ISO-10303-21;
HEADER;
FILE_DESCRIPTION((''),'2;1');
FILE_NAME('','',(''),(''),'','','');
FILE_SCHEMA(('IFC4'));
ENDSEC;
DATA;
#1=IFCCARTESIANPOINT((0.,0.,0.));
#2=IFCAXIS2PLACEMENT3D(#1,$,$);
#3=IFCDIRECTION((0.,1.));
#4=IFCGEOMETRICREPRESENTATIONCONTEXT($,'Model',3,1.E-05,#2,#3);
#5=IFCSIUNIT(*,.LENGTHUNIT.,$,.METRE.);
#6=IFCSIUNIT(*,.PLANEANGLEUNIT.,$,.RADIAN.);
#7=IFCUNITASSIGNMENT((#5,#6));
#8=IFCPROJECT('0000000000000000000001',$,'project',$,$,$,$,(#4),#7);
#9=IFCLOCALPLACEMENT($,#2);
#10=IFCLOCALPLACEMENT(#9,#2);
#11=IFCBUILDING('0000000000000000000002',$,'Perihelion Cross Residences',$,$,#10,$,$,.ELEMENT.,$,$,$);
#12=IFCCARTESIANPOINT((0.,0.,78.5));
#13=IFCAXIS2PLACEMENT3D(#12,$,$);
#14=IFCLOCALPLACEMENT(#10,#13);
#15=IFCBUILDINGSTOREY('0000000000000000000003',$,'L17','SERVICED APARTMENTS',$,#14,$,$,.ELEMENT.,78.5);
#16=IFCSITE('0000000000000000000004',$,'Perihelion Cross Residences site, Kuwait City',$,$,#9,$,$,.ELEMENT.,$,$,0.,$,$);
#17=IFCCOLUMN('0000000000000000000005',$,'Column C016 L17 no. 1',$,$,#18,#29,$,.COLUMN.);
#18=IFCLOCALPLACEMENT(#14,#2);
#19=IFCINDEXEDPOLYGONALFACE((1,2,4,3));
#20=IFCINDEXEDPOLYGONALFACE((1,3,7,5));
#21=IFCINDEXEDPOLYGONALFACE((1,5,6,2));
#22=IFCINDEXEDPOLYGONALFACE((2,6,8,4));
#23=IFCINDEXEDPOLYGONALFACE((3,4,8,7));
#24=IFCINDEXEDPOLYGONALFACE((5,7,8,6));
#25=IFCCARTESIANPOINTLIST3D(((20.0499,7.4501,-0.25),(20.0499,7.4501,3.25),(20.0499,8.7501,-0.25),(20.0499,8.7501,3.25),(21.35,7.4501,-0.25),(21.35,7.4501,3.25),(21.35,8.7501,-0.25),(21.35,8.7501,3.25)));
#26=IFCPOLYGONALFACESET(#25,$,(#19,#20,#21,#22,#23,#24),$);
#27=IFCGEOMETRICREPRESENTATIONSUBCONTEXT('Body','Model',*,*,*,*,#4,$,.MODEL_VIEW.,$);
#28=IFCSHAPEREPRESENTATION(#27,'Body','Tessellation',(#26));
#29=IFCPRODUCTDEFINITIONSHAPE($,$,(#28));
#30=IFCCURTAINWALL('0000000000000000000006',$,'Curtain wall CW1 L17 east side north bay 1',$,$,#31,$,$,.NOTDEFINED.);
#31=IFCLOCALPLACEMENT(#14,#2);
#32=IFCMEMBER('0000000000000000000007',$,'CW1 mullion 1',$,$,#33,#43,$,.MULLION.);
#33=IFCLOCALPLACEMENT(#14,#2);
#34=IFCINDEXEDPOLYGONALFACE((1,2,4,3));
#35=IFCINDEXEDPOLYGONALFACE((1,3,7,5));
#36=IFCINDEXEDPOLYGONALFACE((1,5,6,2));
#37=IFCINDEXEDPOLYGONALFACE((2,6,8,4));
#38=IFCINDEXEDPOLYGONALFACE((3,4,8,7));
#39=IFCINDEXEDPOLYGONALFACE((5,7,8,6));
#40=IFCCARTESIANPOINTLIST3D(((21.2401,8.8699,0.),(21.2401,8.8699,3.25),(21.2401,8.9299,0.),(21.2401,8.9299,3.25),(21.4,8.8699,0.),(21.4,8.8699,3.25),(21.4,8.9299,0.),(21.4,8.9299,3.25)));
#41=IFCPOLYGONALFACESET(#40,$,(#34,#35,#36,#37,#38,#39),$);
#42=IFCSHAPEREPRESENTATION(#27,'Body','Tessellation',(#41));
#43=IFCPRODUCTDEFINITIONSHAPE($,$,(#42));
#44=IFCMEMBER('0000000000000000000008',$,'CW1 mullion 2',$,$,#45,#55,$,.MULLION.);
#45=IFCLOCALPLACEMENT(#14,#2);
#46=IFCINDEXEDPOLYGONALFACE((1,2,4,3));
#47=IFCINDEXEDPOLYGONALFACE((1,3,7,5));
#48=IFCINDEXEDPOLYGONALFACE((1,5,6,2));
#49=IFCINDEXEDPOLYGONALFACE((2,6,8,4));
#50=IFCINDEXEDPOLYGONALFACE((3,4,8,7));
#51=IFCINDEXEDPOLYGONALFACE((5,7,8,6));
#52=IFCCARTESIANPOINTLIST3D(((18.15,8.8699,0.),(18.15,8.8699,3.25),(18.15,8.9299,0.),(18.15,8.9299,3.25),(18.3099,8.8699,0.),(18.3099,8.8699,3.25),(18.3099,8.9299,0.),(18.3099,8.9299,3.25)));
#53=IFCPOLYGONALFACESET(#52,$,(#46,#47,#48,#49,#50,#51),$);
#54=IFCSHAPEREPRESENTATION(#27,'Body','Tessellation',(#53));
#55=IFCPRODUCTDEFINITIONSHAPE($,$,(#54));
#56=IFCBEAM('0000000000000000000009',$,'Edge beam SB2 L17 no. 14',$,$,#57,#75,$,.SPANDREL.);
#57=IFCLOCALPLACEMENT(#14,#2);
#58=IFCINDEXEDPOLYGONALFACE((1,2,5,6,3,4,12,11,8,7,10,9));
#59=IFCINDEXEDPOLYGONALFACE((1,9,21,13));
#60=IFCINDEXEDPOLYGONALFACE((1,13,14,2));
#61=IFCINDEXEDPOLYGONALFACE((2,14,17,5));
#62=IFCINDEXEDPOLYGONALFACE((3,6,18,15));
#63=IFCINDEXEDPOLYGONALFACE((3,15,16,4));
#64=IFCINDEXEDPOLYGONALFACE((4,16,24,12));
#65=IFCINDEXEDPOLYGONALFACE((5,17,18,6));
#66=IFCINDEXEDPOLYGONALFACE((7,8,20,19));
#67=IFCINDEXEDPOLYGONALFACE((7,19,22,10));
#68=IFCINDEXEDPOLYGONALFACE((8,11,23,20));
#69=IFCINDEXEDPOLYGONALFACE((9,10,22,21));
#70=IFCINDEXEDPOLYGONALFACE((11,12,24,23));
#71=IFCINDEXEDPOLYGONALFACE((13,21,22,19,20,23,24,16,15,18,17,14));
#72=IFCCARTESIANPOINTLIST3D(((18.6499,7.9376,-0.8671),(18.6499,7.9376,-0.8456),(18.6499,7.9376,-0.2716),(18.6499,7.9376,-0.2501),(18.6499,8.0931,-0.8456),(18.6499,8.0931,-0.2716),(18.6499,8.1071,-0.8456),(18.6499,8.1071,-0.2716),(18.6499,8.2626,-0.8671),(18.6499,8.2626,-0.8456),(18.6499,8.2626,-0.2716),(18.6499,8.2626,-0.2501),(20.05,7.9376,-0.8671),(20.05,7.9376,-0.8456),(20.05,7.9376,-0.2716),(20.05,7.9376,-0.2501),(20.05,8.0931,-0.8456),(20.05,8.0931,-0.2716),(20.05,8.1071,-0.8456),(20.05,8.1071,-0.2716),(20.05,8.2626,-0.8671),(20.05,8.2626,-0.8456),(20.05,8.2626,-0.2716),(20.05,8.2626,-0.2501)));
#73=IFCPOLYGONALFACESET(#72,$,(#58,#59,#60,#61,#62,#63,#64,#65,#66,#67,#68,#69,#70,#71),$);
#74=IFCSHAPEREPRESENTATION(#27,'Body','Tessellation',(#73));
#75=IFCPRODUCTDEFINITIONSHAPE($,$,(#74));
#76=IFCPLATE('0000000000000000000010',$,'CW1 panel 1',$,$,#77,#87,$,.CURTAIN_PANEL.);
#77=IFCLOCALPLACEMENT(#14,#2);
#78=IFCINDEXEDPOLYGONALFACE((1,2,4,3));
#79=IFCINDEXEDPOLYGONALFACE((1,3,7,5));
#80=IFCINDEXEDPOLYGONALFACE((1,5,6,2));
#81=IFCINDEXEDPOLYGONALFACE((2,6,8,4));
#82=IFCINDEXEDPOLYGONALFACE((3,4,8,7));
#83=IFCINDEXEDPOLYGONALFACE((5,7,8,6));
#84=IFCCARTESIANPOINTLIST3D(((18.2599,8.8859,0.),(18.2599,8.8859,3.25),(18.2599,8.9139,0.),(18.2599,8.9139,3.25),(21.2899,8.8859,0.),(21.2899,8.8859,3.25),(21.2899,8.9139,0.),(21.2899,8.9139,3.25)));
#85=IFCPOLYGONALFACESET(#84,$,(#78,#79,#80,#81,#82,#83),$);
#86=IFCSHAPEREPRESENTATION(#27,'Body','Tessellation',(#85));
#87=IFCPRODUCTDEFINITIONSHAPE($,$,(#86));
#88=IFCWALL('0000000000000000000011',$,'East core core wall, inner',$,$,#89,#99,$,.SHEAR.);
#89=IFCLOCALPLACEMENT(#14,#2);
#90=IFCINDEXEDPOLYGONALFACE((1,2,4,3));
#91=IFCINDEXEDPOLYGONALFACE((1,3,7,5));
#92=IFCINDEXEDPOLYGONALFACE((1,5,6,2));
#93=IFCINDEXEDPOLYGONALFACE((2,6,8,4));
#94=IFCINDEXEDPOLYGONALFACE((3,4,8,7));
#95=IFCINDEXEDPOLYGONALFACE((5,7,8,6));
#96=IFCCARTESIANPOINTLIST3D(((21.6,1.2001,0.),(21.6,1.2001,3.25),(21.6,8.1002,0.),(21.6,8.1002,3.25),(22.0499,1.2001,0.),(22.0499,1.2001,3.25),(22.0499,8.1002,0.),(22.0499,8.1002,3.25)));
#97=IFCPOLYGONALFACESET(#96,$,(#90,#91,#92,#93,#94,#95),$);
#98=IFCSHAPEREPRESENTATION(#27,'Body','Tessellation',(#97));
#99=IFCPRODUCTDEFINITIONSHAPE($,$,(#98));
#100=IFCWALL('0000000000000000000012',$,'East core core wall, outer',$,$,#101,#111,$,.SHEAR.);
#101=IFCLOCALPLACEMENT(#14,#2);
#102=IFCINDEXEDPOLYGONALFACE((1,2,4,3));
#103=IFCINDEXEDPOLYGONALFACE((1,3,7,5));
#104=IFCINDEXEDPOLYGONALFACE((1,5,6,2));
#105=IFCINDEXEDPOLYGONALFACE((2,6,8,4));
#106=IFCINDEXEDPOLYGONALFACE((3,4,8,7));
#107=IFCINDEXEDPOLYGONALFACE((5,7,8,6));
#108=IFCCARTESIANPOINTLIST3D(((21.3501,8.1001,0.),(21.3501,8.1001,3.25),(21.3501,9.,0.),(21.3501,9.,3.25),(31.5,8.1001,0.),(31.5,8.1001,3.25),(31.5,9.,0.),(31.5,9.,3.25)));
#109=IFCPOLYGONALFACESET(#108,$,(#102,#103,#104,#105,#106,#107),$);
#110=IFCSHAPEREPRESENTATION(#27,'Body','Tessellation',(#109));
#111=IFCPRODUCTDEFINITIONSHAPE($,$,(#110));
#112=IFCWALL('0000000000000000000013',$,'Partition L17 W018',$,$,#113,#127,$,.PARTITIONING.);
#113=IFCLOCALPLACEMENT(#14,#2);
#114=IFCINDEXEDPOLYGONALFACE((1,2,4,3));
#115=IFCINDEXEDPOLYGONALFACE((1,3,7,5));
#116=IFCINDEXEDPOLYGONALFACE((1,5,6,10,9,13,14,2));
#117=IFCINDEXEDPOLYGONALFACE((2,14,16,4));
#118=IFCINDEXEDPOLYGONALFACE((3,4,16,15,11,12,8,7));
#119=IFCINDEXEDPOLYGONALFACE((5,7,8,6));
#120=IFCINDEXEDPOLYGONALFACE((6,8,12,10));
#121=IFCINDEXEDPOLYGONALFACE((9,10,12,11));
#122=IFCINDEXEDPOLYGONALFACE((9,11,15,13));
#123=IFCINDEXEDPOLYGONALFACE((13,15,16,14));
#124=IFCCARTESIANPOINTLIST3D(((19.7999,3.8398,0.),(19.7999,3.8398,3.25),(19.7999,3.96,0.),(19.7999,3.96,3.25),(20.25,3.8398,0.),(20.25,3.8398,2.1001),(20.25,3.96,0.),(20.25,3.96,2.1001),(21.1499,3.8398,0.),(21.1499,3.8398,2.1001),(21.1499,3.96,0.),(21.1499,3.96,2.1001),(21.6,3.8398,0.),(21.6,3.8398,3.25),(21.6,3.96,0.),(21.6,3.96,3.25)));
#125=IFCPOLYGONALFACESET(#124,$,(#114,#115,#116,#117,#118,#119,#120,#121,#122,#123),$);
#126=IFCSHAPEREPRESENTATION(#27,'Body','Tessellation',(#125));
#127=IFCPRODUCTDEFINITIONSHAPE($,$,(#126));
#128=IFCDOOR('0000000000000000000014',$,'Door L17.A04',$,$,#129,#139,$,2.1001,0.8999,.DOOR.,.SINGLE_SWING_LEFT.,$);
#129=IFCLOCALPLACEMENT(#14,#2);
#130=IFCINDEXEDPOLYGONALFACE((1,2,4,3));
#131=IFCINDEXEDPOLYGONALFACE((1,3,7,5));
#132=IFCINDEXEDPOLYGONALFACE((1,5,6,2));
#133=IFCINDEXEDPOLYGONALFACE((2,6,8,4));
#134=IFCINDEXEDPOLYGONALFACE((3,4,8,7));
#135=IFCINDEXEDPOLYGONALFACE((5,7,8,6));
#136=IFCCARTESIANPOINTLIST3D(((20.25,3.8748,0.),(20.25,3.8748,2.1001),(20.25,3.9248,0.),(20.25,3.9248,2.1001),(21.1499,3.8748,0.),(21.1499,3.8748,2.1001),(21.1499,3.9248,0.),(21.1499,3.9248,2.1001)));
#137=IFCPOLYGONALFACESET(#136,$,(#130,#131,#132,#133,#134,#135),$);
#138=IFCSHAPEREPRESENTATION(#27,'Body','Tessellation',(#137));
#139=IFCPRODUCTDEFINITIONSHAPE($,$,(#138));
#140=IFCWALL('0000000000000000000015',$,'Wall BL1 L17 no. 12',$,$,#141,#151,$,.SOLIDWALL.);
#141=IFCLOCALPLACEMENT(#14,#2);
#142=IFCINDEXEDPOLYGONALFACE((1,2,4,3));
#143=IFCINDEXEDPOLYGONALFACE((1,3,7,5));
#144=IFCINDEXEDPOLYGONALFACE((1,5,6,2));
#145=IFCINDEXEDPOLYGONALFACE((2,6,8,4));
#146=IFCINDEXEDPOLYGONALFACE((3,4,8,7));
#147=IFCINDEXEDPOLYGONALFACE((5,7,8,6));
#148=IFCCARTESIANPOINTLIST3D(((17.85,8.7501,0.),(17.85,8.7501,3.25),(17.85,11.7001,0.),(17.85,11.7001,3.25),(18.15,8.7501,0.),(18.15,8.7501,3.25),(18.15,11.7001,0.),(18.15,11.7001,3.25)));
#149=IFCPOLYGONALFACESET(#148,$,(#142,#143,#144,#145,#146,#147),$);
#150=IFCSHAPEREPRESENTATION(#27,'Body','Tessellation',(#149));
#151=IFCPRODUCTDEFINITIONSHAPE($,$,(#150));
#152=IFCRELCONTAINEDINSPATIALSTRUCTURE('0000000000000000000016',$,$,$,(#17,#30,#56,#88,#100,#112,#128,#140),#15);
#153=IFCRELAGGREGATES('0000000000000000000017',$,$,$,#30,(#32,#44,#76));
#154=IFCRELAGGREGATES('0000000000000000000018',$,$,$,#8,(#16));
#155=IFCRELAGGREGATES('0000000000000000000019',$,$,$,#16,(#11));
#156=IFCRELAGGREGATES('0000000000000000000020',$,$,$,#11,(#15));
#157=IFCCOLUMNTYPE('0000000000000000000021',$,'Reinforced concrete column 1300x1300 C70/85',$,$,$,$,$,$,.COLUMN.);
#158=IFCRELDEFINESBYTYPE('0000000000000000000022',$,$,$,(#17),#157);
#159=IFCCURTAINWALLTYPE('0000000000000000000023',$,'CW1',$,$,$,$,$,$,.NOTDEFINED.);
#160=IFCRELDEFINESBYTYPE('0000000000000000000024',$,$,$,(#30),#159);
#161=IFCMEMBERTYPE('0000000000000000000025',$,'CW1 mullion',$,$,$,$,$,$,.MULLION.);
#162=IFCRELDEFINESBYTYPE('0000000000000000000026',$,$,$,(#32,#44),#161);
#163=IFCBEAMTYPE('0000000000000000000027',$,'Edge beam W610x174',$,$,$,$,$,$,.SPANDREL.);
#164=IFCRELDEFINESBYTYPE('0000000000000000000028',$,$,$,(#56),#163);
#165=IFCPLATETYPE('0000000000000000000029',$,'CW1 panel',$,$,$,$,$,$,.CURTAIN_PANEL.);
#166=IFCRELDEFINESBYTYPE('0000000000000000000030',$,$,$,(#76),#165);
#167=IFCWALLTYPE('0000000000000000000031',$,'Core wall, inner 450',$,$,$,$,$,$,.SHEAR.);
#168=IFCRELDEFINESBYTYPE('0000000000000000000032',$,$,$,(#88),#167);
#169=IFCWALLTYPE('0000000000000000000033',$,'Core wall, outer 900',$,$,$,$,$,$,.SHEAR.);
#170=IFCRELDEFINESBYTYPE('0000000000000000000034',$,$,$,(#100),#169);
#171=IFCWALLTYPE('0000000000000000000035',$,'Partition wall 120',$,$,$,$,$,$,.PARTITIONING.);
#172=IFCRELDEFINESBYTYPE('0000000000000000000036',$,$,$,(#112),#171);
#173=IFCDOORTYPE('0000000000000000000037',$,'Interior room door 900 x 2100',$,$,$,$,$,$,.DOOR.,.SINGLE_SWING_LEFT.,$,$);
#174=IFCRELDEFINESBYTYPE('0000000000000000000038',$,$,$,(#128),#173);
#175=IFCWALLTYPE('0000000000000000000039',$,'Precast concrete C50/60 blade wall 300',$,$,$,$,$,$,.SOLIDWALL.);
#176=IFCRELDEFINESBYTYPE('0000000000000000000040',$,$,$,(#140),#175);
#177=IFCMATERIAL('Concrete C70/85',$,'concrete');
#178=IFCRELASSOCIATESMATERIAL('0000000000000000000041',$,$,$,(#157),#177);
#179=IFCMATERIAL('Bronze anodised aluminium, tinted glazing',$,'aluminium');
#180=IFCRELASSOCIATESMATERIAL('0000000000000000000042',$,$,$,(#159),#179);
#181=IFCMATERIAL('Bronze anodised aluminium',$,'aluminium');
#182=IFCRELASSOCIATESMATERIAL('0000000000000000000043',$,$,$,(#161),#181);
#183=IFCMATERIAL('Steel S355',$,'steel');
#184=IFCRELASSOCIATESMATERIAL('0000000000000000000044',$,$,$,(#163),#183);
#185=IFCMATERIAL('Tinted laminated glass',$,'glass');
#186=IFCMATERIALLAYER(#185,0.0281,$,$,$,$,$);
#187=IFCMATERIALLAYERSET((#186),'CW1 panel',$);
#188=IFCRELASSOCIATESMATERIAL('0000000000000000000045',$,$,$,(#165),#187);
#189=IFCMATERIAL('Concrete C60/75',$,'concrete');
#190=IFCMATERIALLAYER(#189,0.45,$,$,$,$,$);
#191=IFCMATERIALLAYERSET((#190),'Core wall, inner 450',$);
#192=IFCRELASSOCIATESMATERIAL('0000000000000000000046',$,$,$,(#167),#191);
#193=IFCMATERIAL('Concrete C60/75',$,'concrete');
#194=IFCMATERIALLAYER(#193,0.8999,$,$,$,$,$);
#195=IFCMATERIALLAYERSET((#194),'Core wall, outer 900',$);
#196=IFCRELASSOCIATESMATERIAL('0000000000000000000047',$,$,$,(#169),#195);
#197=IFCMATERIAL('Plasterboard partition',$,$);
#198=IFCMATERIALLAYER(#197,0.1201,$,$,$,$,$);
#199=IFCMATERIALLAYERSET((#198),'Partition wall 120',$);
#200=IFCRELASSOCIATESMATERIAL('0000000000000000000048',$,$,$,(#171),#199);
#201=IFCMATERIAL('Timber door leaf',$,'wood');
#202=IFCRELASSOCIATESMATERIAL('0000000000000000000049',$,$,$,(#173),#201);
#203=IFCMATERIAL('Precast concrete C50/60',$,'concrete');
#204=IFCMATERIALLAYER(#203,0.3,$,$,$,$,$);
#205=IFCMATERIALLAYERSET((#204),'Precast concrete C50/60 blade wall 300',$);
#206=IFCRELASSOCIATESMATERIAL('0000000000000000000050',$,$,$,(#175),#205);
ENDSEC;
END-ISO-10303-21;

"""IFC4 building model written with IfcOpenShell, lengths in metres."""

from ifc_helpers import new_model, si_unit, direction, frame, frame_2d, origin, origin_2d, place, context, subcontext, project, spatial, rectangle, i_section, extrude, material, layer, layer_set, material_profile, profile_set, type_object, element, fill, aggregate, save


model = new_model("IFC4")

# Units and contexts
model_context = context("Model", 3, precision=1e-05, world=origin(), true_north=direction((0.0, 1.0)))
body_context = subcontext(model_context, "Body", "Model", "MODEL_VIEW")
ifc_project = project(units=[si_unit("LENGTHUNIT", "METRE"), si_unit("PLANEANGLEUNIT", "RADIAN")], contexts=[model_context])

# Site, building, storey
site_placement = place(None, origin())
site = spatial("IfcSite", under=ifc_project, at=site_placement, Name="Perihelion Cross Residences site, Kuwait City", CompositionType="ELEMENT", RefElevation=0.0)
building_placement = place(site_placement, origin())
building = spatial("IfcBuilding", under=site, at=building_placement, Name="Perihelion Cross Residences", CompositionType="ELEMENT")
storey_placement = place(building_placement, frame((0.0, 0.0, 78.5)))
storey = spatial("IfcBuildingStorey", under=building, at=storey_placement, Name="L17", Description="SERVICED APARTMENTS", CompositionType="ELEMENT", Elevation=78.5)

# Column
ifc_material_1 = material(Name="Concrete C70/85", Category="concrete")
ifc_material_profile_1 = material_profile(ifc_material_1, rectangle(XDim=1.3, YDim=1.3, at=origin_2d()), Name="RC 1300x1300")
ifc_profile_set_1 = profile_set([ifc_material_profile_1], Name="Concrete C70/85")
column_type = type_object("IfcColumnType", Name="Reinforced concrete column 1300x1300 C70/85", PredefinedType="COLUMN", material=ifc_profile_set_1)
column_placement = place(storey_placement, frame((20.7, 8.1001, -0.25), z_axis=(0.0, 0.0, 1.0), x_axis=(1.0, 0.0, 0.0)))
element("IfcColumn", 1, at=column_placement, inside=storey, type_object=column_type, Name="Column C016 L17 no. 1", PredefinedType="COLUMN", context=body_context, shape_type="SweptSolid", body=[
    extrude(rectangle(XDim=1.3, YDim=1.3, at=origin_2d()), origin(), (0.0, 0.0, 1.0), 3.5),
])

# Curtain wall, members
ifc_material_2 = material(Name="Bronze anodised aluminium, tinted glazing", Category="aluminium")
curtain_wall_type = type_object("IfcCurtainWallType", Name="CW1", PredefinedType="NOTDEFINED", material=ifc_material_2)
curtain_wall_placement = place(storey_placement, origin())
curtain_wall = element("IfcCurtainWall", 2, at=curtain_wall_placement, inside=storey, type_object=curtain_wall_type, Name="Curtain wall CW1 L17 east side north bay 1", PredefinedType="NOTDEFINED")
ifc_material_3 = material(Name="Bronze anodised aluminium", Category="aluminium")
ifc_material_profile_2 = material_profile(ifc_material_3, rectangle(XDim=0.0601, YDim=0.1599, at=origin_2d()), Name="CW1 mullion")
ifc_profile_set_2 = profile_set([ifc_material_profile_2], Name="Bronze anodised aluminium")
member_type = type_object("IfcMemberType", Name="CW1 mullion", PredefinedType="MULLION", material=ifc_profile_set_2)
member_1_placement = place(storey_placement, frame((21.3201, 8.8999, 0.0), z_axis=(0.0, 0.0, 1.0), x_axis=(0.0, -1.0, 0.0)))
member_1 = element("IfcMember", 3, at=member_1_placement, type_object=member_type, Name="CW1 mullion 1", PredefinedType="MULLION", context=body_context, shape_type="SweptSolid", body=[
    extrude(rectangle(XDim=0.0601, YDim=0.1599, at=origin_2d()), origin(), (0.0, 0.0, 1.0), 3.25),
])
member_2_placement = place(storey_placement, frame((18.23, 8.8999, 0.0), z_axis=(0.0, 0.0, 1.0), x_axis=(0.0, -1.0, 0.0)))
member_2 = element("IfcMember", 4, at=member_2_placement, type_object=member_type, Name="CW1 mullion 2", PredefinedType="MULLION", context=body_context, shape_type="SweptSolid", body=[
    extrude(rectangle(XDim=0.0601, YDim=0.1599, at=origin_2d()), origin(), (0.0, 0.0, 1.0), 3.25),
])

# Beam
ifc_material_4 = material(Name="Steel S355", Category="steel")
ifc_material_profile_3 = material_profile(ifc_material_4, i_section(OverallWidth=0.325, OverallDepth=0.6169, WebThickness=0.0139, FlangeThickness=0.0215, at=origin_2d()), Name="W610x174")
ifc_profile_set_3 = profile_set([ifc_material_profile_3], Name="Steel S355")
beam_type = type_object("IfcBeamType", Name="Edge beam W610x174", PredefinedType="SPANDREL", material=ifc_profile_set_3)
beam_placement = place(storey_placement, frame((20.05, 8.1001, -0.5586), z_axis=(-1.0, 0.0, 0.0), x_axis=(0.0, -1.0, 0.0)))
element("IfcBeam", 5, at=beam_placement, inside=storey, type_object=beam_type, Name="Edge beam SB2 L17 no. 14", PredefinedType="SPANDREL", context=body_context, shape_type="SweptSolid", body=[
    extrude(i_section(OverallWidth=0.325, OverallDepth=0.6169, WebThickness=0.0139, FlangeThickness=0.0215, at=origin_2d()), origin(), (0.0, 0.0, 1.0), 1.4001),
])

# Plate
ifc_material_5 = material(Name="Tinted laminated glass", Category="glass")
ifc_layer_1 = layer(ifc_material_5, 0.0281)
ifc_layer_set_1 = layer_set([ifc_layer_1], Name="CW1 panel")
plate_type = type_object("IfcPlateType", Name="CW1 panel", PredefinedType="CURTAIN_PANEL", material=ifc_layer_set_1)
plate_placement = place(storey_placement, frame((19.7749, 8.8999, 0.0), z_axis=(0.0, 0.0, 1.0), x_axis=(-1.0, 0.0, 0.0)))
plate = element("IfcPlate", 6, at=plate_placement, type_object=plate_type, Name="CW1 panel 1", PredefinedType="CURTAIN_PANEL", context=body_context, shape_type="SweptSolid", body=[
    extrude(rectangle(XDim=3.03, YDim=0.0281, at=origin_2d()), origin(), (0.0, 0.0, 1.0), 3.25),
])
aggregate(curtain_wall, [member_1, member_2, plate])

# Walls
ifc_material_6 = material(Name="Concrete C60/75", Category="concrete")
ifc_layer_2 = layer(ifc_material_6, 0.45)
ifc_layer_set_2 = layer_set([ifc_layer_2], Name="Core wall, inner 450")
wall_type_1 = type_object("IfcWallType", Name="Core wall, inner 450", PredefinedType="SHEAR", material=ifc_layer_set_2)
wall_1_placement = place(storey_placement, frame((21.825, 1.2, 0.0), z_axis=(0.0, 0.0, 1.0), x_axis=(0.0, 1.0, 0.0)))
element("IfcWall", 7, at=wall_1_placement, inside=storey, type_object=wall_type_1, Name="East core core wall, inner", PredefinedType="SHEAR", context=body_context, shape_type="SweptSolid", body=[
    extrude(rectangle(XDim=6.9001, YDim=0.45, at=frame_2d((3.4502, 0.0))), origin(), (0.0, 0.0, 1.0), 3.25),
])
ifc_material_7 = material(Name="Concrete C60/75", Category="concrete")
ifc_layer_3 = layer(ifc_material_7, 0.8999)
ifc_layer_set_3 = layer_set([ifc_layer_3], Name="Core wall, outer 900")
wall_type_2 = type_object("IfcWallType", Name="Core wall, outer 900", PredefinedType="SHEAR", material=ifc_layer_set_3)
wall_2_placement = place(storey_placement, frame((21.3501, 8.55, 0.0), z_axis=(0.0, 0.0, 1.0), x_axis=(1.0, 0.0, 0.0)))
element("IfcWall", 8, at=wall_2_placement, inside=storey, type_object=wall_type_2, Name="East core core wall, outer", PredefinedType="SHEAR", context=body_context, shape_type="SweptSolid", body=[
    extrude(rectangle(XDim=10.1499, YDim=0.8999, at=frame_2d((5.075, 0.0))), origin(), (0.0, 0.0, 1.0), 3.25),
])

# Wall, opening, door
ifc_material_8 = material(Name="Plasterboard partition")
ifc_layer_4 = layer(ifc_material_8, 0.1201)
ifc_layer_set_4 = layer_set([ifc_layer_4], Name="Partition wall 120")
wall_type_3 = type_object("IfcWallType", Name="Partition wall 120", PredefinedType="PARTITIONING", material=ifc_layer_set_4)
wall_3_placement = place(storey_placement, frame((19.8, 3.8999, 0.0), z_axis=(0.0, 0.0, 1.0), x_axis=(1.0, 0.0, 0.0)))
wall_3 = element("IfcWall", 9, at=wall_3_placement, inside=storey, type_object=wall_type_3, Name="Partition L17 W018", PredefinedType="PARTITIONING", context=body_context, shape_type="SweptSolid", body=[
    extrude(rectangle(XDim=1.8, YDim=0.1201, at=frame_2d((0.8999, 0.0))), origin(), (0.0, 0.0, 1.0), 3.25),
])
opening_1_placement = place(wall_3_placement, frame((0.45, 0.0, 0.0)))
opening_1 = element("IfcOpeningElement", 10, at=opening_1_placement, cuts=wall_3, PredefinedType="OPENING", context=body_context, shape_type="SweptSolid", body=[
    extrude(rectangle(XDim=0.8999, YDim=2.1001, at=frame_2d((0.45, 1.05))), frame((0.0, 0.0701, 0.0), z_axis=(0.0, -1.0, 0.0), x_axis=(1.0, 0.0, 0.0)), (0.0, 0.0, 1.0), 0.1401),
])
ifc_material_9 = material(Name="Timber door leaf", Category="wood")
door_type_1 = type_object("IfcDoorType", Name="Interior room door 900 x 2100", OperationType="SINGLE_SWING_LEFT", PredefinedType="DOOR", material=ifc_material_9)
door_1_placement = place(opening_1_placement, origin())
door_1 = element("IfcDoor", 11, at=door_1_placement, inside=storey, type_object=door_type_1, Name="Door L17.A04", OperationType="SINGLE_SWING_LEFT", OverallHeight=2.1001, OverallWidth=0.8999, PredefinedType="DOOR", context=body_context, shape_type="SweptSolid", body=[
    extrude(rectangle(XDim=0.8999, YDim=2.1001, at=frame_2d((0.45, 1.05))), frame((0.0, 0.0249, 0.0), z_axis=(0.0, -1.0, 0.0), x_axis=(1.0, 0.0, 0.0)), (0.0, 0.0, 1.0), 0.05),
])
fill(opening_1, door_1)

# Wall
ifc_material_10 = material(Name="Precast concrete C50/60", Category="concrete")
ifc_layer_5 = layer(ifc_material_10, 0.3)
ifc_layer_set_5 = layer_set([ifc_layer_5], Name="Precast concrete C50/60 blade wall 300")
wall_type_4 = type_object("IfcWallType", Name="Precast concrete C50/60 blade wall 300", PredefinedType="SOLIDWALL", material=ifc_layer_set_5)
wall_4_placement = place(storey_placement, frame((18.0, 8.75, 0.0), z_axis=(0.0, 0.0, 1.0), x_axis=(0.0, 1.0, 0.0)))
element("IfcWall", 12, at=wall_4_placement, inside=storey, type_object=wall_type_4, Name="Wall BL1 L17 no. 12", PredefinedType="SOLIDWALL", context=body_context, shape_type="SweptSolid", body=[
    extrude(rectangle(XDim=2.95, YDim=0.3, at=frame_2d((1.4751, 0.0))), origin(), (0.0, 0.0, 1.0), 3.25),
])

save(model, "model.ifc")
